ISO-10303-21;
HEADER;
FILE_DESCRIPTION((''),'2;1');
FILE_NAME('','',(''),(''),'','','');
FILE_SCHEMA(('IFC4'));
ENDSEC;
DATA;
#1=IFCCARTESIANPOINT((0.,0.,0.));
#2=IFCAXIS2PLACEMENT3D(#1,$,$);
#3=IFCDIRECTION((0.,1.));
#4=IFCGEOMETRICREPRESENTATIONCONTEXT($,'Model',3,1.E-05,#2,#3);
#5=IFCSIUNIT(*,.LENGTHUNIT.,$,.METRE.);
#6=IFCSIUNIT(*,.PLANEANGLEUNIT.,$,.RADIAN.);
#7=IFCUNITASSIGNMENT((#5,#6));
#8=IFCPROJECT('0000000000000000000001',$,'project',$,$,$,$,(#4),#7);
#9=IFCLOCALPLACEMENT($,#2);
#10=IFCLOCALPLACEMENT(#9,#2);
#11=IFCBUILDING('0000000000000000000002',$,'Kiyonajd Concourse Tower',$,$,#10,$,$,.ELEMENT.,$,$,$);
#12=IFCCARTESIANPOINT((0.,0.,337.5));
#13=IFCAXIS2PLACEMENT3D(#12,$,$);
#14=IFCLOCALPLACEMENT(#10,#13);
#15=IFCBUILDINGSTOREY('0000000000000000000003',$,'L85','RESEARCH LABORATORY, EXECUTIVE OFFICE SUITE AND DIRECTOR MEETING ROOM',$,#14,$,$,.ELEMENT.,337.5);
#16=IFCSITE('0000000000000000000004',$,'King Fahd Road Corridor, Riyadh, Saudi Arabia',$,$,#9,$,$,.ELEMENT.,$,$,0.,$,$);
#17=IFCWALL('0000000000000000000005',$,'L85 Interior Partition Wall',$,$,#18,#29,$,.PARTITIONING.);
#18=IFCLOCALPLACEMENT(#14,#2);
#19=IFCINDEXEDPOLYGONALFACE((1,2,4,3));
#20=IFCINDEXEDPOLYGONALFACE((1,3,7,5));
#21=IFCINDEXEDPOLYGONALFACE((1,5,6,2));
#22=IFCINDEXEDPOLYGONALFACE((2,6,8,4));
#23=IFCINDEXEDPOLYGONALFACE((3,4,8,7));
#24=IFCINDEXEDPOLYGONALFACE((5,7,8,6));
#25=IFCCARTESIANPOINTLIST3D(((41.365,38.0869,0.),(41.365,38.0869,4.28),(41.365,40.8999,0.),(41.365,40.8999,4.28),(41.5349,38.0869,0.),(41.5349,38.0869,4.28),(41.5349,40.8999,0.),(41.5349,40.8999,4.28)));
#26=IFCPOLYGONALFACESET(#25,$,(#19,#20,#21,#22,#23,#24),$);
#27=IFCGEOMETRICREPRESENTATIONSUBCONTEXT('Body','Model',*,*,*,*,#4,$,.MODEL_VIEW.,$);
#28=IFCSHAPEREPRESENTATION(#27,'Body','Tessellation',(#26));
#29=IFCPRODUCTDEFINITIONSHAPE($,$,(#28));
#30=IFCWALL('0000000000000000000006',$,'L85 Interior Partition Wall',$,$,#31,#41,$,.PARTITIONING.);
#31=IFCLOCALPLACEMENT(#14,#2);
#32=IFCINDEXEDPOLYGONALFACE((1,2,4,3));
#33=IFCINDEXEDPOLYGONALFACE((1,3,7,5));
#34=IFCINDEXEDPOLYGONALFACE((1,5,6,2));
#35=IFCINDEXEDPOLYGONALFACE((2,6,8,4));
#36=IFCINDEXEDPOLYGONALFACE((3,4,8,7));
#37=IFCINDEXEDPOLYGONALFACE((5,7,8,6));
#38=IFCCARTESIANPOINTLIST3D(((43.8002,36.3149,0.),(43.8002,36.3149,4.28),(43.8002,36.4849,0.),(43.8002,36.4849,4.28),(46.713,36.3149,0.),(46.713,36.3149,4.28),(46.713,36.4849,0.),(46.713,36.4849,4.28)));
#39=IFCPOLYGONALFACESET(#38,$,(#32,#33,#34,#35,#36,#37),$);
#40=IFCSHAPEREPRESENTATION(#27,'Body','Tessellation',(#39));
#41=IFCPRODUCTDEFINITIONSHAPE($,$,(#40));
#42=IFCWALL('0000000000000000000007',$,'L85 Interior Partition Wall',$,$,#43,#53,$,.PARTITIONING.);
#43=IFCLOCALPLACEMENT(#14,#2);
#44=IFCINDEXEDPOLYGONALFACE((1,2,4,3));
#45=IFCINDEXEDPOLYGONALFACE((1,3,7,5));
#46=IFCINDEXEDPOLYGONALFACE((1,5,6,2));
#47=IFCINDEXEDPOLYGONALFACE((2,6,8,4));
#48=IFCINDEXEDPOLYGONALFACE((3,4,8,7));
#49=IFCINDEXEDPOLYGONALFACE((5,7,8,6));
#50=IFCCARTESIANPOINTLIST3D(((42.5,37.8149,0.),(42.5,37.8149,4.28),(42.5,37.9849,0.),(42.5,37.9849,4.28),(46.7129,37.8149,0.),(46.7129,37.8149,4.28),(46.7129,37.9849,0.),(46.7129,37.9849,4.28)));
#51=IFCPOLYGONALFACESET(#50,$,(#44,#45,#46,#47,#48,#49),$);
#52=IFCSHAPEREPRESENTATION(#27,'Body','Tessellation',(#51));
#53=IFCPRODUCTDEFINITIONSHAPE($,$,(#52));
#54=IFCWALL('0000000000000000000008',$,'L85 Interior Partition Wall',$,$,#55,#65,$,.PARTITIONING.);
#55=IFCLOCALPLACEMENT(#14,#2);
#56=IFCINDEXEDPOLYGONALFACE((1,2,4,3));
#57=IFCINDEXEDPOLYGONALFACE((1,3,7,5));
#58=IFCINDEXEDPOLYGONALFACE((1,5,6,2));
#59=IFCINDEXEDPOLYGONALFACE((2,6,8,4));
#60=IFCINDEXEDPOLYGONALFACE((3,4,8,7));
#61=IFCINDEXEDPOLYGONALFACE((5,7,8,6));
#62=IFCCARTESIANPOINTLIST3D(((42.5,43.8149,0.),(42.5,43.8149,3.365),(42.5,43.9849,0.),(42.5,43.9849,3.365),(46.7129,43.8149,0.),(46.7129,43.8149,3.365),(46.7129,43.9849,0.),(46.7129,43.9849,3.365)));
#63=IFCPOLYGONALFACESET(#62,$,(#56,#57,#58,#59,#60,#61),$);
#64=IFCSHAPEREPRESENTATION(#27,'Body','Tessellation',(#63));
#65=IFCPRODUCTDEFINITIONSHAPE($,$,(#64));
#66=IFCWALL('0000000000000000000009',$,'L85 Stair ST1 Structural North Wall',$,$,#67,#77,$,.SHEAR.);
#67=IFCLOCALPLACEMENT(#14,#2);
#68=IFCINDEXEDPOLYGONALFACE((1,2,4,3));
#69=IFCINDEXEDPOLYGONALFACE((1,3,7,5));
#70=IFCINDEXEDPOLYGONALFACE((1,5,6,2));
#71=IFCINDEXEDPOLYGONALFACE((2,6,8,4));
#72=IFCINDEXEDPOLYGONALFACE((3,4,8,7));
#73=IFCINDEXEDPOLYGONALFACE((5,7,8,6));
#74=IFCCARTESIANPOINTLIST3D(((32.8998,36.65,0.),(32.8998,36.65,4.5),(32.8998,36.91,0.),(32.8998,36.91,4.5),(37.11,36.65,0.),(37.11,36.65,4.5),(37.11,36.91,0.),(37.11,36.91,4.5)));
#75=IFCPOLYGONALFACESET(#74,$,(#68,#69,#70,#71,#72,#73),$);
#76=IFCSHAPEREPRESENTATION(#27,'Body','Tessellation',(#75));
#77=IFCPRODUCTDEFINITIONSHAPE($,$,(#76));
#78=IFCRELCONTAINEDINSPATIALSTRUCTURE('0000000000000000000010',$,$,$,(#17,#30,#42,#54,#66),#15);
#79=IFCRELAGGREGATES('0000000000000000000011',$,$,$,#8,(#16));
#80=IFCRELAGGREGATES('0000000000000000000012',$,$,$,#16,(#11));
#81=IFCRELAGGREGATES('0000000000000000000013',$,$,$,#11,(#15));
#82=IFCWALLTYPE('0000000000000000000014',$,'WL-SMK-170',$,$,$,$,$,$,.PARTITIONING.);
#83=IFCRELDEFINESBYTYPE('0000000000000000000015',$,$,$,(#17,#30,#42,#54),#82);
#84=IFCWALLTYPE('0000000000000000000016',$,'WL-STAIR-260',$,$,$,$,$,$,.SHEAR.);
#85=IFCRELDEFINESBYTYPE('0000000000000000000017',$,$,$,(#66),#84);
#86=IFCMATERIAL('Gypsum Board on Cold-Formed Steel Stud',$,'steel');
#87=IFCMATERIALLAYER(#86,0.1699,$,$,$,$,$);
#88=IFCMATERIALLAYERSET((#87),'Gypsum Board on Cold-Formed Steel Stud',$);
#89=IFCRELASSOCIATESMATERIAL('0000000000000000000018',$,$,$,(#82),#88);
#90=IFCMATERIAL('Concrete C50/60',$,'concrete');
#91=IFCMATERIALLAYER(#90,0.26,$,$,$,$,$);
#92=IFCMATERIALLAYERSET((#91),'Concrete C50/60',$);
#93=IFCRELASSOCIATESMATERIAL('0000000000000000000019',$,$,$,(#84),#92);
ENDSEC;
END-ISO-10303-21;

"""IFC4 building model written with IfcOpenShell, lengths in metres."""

from ifc_helpers import new_model, si_unit, direction, frame, frame_2d, origin, place, context, subcontext, project, spatial, rectangle, extrude, material, layer, layer_set, type_object, element, save


model = new_model("IFC4")

# Units and contexts
model_context = context("Model", 3, precision=1e-05, world=origin(), true_north=direction((0.0, 1.0)))
body_context = subcontext(model_context, "Body", "Model", "MODEL_VIEW")
ifc_project = project(units=[si_unit("LENGTHUNIT", "METRE"), si_unit("PLANEANGLEUNIT", "RADIAN")], contexts=[model_context])

# Site, building, storey
site_placement = place(None, origin())
site = spatial("IfcSite", under=ifc_project, at=site_placement, Name="King Fahd Road Corridor, Riyadh, Saudi Arabia", CompositionType="ELEMENT", RefElevation=0.0)
building_placement = place(site_placement, origin())
building = spatial("IfcBuilding", under=site, at=building_placement, Name="Kiyonajd Concourse Tower", CompositionType="ELEMENT")
storey_placement = place(building_placement, frame((0.0, 0.0, 337.5)))
storey = spatial("IfcBuildingStorey", under=building, at=storey_placement, Name="L85", Description="RESEARCH LABORATORY, EXECUTIVE OFFICE SUITE AND DIRECTOR MEETING ROOM", CompositionType="ELEMENT", Elevation=337.5)

# Shared definitions
ifc_material_1 = material(Name="Gypsum Board on Cold-Formed Steel Stud", Category="steel")

# Shared definitions
ifc_layer_1 = layer(ifc_material_1, 0.1699)
ifc_layer_set_1 = layer_set([ifc_layer_1], Name="Gypsum Board on Cold-Formed Steel Stud")
wall_type_1 = type_object("IfcWallType", Name="WL-SMK-170", PredefinedType="PARTITIONING", material=ifc_layer_set_1)

# Walls
wall_1_placement = place(storey_placement, frame((41.45, 38.0869, 0.0), z_axis=(0.0, 0.0, 1.0), x_axis=(0.0, 1.0, 0.0)))
element("IfcWall", 1, at=wall_1_placement, inside=storey, type_object=wall_type_1, Name="L85 Interior Partition Wall", PredefinedType="PARTITIONING", context=body_context, shape_type="SweptSolid", body=[
    extrude(rectangle(XDim=2.813, YDim=0.1699, at=frame_2d((1.4065, 0.0))), origin(), (0.0, 0.0, 1.0), 4.28),
])
wall_2_placement = place(storey_placement, frame((43.8, 36.3999, 0.0), z_axis=(0.0, 0.0, 1.0), x_axis=(1.0, 0.0, 0.0)))
element("IfcWall", 2, at=wall_2_placement, inside=storey, type_object=wall_type_1, Name="L85 Interior Partition Wall", PredefinedType="PARTITIONING", context=body_context, shape_type="SweptSolid", body=[
    extrude(rectangle(XDim=2.9128, YDim=0.1699, at=frame_2d((1.4565, 0.0))), origin(), (0.0, 0.0, 1.0), 4.28),
])
wall_3_placement = place(storey_placement, frame((42.5, 37.8999, 0.0), z_axis=(0.0, 0.0, 1.0), x_axis=(1.0, 0.0, 0.0)))
element("IfcWall", 3, at=wall_3_placement, inside=storey, type_object=wall_type_1, Name="L85 Interior Partition Wall", PredefinedType="PARTITIONING", context=body_context, shape_type="SweptSolid", body=[
    extrude(rectangle(XDim=4.2129, YDim=0.1699, at=frame_2d((2.1064, 0.0))), origin(), (0.0, 0.0, 1.0), 4.28),
])
wall_4_placement = place(storey_placement, frame((42.5, 43.8999, 0.0), z_axis=(0.0, 0.0, 1.0), x_axis=(1.0, 0.0, 0.0)))
element("IfcWall", 4, at=wall_4_placement, inside=storey, type_object=wall_type_1, Name="L85 Interior Partition Wall", PredefinedType="PARTITIONING", context=body_context, shape_type="SweptSolid", body=[
    extrude(rectangle(XDim=4.2129, YDim=0.1699, at=frame_2d((2.1064, 0.0))), origin(), (0.0, 0.0, 1.0), 3.365),
])
ifc_material_2 = material(Name="Concrete C50/60", Category="concrete")
ifc_layer_2 = layer(ifc_material_2, 0.26)
ifc_layer_set_2 = layer_set([ifc_layer_2], Name="Concrete C50/60")
wall_type_2 = type_object("IfcWallType", Name="WL-STAIR-260", PredefinedType="SHEAR", material=ifc_layer_set_2)
wall_5_placement = place(storey_placement, frame((32.8999, 36.78, 0.0), z_axis=(0.0, 0.0, 1.0), x_axis=(1.0, 0.0, 0.0)))
element("IfcWall", 5, at=wall_5_placement, inside=storey, type_object=wall_type_2, Name="L85 Stair ST1 Structural North Wall", PredefinedType="SHEAR", context=body_context, shape_type="SweptSolid", body=[
    extrude(rectangle(XDim=4.2102, YDim=0.26, at=frame_2d((2.105, 0.0))), origin(), (0.0, 0.0, 1.0), 4.5),
])

save(model, "model.ifc")
